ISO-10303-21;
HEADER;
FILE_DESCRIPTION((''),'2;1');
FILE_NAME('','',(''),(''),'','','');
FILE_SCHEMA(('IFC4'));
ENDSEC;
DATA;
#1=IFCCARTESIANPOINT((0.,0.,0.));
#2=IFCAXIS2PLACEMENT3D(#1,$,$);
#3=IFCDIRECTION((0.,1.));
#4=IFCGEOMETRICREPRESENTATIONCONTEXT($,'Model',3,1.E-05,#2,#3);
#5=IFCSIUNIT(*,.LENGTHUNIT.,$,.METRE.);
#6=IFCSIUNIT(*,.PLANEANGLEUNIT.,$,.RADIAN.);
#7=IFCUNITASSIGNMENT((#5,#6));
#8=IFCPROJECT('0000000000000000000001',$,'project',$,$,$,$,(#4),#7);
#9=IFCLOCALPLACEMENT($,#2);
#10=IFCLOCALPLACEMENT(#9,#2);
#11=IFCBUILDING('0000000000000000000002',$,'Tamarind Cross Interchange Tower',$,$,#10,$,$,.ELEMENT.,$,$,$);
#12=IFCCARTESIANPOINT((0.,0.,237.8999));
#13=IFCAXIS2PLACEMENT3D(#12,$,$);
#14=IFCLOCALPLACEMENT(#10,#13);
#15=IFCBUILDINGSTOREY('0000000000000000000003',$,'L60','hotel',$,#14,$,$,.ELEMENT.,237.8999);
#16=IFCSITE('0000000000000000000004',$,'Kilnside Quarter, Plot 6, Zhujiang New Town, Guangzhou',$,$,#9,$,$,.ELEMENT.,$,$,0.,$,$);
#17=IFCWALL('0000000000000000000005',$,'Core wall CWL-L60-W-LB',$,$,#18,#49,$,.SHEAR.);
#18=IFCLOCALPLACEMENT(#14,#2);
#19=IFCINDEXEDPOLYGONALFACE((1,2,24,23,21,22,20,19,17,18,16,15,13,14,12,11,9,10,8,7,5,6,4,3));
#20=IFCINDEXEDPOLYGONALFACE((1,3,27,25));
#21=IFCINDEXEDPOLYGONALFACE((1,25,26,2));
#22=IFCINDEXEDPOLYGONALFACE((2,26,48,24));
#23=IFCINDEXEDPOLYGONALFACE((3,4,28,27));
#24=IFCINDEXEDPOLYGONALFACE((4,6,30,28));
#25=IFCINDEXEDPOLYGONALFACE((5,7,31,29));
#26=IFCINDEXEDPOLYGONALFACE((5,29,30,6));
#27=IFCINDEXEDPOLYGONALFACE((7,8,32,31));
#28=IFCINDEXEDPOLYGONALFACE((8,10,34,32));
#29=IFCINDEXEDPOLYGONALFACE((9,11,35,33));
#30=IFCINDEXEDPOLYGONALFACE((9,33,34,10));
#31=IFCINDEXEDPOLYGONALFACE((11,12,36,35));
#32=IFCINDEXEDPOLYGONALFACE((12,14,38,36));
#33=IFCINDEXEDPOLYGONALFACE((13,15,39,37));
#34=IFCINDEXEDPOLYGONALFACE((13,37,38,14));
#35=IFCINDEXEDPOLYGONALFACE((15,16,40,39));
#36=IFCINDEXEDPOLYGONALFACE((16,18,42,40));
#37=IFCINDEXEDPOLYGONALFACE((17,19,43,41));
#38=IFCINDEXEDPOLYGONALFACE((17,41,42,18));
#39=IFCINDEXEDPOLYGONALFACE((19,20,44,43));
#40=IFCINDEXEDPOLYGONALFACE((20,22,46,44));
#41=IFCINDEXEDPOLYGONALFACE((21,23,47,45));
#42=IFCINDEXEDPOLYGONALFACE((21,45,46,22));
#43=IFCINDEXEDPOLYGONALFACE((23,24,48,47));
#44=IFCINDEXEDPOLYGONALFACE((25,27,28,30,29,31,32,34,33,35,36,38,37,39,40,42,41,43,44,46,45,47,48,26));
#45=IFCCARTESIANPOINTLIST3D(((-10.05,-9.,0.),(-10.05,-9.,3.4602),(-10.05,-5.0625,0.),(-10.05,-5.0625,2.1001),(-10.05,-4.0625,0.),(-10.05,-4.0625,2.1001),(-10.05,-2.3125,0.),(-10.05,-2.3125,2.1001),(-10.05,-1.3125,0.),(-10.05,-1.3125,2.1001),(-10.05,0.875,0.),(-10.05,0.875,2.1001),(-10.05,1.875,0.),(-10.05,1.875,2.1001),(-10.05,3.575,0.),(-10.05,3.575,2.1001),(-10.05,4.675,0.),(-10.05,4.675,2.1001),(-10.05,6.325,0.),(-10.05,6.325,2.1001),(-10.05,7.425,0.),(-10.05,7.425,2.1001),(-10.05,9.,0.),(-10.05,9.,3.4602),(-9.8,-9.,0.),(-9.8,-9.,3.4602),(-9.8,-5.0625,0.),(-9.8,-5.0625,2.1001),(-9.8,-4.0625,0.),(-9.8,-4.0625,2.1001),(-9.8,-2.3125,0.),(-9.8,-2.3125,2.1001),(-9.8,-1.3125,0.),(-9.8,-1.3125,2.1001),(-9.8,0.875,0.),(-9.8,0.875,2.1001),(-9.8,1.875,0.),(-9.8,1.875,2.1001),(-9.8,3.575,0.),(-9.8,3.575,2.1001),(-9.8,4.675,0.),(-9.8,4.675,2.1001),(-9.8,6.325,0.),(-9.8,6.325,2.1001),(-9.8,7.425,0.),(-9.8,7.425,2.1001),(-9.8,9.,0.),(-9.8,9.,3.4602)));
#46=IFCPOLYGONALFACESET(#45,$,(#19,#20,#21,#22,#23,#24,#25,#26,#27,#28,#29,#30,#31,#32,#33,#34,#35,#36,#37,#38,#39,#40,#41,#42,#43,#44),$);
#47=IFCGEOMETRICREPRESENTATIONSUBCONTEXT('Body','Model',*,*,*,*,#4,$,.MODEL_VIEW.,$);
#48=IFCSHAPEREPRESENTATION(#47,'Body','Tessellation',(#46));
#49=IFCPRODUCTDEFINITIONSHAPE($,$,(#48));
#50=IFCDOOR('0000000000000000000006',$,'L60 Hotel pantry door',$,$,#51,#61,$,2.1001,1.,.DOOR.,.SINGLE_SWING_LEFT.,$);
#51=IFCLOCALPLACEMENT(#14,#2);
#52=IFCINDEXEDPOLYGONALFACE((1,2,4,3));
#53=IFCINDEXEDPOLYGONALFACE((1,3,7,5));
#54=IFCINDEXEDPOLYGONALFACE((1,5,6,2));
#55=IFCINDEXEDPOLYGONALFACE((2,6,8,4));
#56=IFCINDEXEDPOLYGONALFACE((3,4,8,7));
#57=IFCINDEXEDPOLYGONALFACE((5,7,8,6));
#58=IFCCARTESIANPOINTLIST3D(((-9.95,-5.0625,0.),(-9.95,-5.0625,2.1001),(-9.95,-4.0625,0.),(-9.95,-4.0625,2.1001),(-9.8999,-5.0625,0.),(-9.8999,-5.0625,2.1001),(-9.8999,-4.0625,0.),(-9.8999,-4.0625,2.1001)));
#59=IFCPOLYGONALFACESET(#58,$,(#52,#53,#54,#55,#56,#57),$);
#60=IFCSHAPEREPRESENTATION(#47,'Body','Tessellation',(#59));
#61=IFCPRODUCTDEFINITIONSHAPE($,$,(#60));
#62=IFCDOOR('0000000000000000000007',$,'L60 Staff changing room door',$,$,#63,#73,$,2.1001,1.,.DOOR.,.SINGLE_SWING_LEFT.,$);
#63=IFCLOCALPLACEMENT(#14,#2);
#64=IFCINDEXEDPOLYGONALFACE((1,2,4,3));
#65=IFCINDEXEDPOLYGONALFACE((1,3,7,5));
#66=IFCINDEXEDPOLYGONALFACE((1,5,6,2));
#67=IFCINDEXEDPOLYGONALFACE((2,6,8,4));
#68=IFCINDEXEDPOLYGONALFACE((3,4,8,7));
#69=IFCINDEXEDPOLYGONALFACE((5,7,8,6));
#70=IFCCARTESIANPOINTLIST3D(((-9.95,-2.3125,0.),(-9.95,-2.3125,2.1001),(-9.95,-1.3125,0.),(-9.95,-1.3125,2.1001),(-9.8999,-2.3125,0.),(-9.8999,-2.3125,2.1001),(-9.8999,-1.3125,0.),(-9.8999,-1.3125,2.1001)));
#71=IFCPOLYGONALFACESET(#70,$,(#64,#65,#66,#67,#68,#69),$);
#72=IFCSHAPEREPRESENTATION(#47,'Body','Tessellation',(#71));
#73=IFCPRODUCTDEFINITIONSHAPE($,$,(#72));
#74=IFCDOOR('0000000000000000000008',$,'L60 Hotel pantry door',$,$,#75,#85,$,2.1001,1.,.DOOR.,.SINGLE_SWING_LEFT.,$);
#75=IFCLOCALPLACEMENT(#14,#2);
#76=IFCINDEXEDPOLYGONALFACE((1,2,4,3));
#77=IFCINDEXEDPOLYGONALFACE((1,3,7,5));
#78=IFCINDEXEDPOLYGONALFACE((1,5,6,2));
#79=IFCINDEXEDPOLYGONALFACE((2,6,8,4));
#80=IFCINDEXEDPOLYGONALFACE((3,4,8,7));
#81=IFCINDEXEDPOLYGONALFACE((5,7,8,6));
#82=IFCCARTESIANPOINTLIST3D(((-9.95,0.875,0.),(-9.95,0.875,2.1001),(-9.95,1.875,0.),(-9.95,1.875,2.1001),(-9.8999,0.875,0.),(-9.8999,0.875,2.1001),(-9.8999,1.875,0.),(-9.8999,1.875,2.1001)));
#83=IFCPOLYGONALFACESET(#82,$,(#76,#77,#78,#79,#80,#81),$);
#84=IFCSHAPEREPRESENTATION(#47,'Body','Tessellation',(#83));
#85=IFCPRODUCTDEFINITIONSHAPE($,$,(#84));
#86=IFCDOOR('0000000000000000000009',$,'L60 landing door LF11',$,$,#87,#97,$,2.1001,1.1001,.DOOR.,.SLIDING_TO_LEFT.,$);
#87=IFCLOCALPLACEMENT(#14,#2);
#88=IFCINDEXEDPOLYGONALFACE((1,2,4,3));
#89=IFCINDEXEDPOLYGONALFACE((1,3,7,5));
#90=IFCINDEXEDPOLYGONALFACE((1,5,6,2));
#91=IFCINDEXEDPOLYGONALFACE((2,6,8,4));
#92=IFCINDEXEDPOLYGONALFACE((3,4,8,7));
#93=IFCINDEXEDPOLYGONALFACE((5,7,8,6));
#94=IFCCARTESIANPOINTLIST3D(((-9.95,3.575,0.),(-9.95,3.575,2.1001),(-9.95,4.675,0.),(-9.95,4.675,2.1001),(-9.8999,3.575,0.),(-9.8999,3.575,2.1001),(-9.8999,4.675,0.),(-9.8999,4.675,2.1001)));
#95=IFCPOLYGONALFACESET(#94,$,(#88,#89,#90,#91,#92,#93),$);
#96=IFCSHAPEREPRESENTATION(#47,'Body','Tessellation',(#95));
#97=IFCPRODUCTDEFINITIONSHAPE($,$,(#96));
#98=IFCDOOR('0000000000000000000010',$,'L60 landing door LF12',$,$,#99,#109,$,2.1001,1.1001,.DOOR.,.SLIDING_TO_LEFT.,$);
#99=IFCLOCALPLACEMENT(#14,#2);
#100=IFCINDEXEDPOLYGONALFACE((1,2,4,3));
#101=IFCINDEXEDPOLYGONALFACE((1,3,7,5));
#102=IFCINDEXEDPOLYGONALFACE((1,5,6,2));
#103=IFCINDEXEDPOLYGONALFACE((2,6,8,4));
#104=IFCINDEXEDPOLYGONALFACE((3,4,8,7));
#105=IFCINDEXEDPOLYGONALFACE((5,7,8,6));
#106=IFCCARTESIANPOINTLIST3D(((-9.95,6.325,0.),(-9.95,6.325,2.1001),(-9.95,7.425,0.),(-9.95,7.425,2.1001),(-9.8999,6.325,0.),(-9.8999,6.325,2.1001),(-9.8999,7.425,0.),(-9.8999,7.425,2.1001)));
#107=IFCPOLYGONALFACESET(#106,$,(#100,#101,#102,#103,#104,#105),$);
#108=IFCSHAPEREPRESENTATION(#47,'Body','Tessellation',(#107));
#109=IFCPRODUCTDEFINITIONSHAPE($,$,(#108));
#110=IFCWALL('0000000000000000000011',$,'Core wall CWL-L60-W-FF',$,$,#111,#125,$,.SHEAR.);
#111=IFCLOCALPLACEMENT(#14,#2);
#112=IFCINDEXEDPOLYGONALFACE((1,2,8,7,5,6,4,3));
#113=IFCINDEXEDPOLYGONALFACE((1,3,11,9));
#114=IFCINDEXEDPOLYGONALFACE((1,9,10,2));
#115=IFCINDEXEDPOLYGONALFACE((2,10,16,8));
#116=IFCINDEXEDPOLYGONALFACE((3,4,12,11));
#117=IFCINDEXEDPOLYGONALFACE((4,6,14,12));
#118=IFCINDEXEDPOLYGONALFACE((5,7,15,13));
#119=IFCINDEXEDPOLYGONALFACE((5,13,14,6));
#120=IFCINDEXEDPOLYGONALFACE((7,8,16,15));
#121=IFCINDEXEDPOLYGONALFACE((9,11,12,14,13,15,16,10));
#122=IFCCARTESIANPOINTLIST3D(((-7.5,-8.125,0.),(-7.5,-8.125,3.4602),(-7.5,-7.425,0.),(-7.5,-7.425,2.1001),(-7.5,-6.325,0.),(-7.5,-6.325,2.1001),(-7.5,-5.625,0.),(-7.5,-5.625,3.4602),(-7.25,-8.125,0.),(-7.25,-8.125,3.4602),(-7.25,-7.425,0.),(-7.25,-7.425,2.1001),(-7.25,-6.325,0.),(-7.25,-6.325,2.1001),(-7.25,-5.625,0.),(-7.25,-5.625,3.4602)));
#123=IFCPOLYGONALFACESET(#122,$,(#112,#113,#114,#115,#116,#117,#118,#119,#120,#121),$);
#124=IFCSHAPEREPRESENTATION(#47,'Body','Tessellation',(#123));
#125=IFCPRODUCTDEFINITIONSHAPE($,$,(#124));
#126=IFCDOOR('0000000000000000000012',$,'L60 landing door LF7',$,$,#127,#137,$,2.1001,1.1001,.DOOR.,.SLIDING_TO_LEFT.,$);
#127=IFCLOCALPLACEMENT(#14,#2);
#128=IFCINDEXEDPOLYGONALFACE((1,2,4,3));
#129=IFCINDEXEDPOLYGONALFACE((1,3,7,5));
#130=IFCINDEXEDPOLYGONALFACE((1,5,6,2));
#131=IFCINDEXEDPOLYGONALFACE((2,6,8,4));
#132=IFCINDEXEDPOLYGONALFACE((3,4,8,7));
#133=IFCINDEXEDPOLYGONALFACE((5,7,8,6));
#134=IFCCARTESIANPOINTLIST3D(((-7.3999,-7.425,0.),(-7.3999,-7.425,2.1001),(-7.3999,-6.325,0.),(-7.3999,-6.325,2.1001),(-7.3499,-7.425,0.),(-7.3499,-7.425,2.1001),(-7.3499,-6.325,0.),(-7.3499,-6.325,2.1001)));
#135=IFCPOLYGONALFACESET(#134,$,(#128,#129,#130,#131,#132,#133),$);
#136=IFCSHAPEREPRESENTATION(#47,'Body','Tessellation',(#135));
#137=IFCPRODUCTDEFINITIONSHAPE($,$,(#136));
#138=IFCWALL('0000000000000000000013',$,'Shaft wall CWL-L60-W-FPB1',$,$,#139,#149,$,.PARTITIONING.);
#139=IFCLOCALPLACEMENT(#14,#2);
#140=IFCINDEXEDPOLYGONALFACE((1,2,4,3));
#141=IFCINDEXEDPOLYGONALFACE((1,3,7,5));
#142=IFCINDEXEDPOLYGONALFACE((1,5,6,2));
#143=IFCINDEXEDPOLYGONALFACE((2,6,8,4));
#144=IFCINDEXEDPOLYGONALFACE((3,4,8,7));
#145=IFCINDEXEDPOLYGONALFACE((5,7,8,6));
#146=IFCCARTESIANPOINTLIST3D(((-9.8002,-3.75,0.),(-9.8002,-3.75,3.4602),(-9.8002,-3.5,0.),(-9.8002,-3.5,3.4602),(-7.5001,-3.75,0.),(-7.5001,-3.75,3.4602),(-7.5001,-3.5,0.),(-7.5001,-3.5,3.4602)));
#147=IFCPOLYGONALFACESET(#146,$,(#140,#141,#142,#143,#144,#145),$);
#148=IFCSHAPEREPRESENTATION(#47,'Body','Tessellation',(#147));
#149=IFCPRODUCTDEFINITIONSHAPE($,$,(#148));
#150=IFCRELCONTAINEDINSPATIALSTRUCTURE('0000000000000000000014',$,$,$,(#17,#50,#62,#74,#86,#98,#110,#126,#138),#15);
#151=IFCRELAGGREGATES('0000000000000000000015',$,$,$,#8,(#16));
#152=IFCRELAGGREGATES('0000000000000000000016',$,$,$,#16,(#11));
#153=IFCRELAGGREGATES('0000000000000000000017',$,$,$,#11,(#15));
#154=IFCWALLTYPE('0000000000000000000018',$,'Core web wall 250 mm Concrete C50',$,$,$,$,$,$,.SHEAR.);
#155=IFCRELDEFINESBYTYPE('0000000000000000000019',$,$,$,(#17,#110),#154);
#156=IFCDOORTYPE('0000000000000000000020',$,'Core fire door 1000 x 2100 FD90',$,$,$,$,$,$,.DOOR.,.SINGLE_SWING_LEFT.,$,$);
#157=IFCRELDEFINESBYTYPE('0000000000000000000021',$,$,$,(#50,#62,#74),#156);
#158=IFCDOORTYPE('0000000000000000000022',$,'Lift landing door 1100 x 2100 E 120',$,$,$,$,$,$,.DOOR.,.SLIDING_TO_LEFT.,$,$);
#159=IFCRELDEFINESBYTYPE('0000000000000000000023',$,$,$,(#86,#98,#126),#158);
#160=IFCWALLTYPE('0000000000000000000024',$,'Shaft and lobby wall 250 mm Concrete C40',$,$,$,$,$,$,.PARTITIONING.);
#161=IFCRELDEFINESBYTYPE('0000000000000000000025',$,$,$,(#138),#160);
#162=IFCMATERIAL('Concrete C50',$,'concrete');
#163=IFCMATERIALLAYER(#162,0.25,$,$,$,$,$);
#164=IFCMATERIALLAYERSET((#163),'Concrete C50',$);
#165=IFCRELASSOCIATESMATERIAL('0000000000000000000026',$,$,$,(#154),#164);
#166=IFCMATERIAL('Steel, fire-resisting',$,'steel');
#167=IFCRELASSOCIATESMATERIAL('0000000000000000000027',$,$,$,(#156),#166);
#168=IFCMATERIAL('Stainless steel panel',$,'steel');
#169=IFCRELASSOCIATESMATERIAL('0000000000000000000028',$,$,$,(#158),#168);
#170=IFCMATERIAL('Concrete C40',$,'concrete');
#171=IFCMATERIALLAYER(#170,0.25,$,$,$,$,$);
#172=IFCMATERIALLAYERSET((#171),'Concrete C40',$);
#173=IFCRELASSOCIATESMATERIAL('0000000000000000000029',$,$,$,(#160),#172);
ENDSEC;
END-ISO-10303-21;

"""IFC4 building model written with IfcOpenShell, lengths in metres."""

from ifc_helpers import new_model, si_unit, direction, frame, frame_2d, origin, place, context, subcontext, project, spatial, rectangle, extrude, material, layer, layer_set, type_object, element, fill, save


model = new_model("IFC4")

# Units and contexts
model_context = context("Model", 3, precision=1e-05, world=origin(), true_north=direction((0.0, 1.0)))
body_context = subcontext(model_context, "Body", "Model", "MODEL_VIEW")
ifc_project = project(units=[si_unit("LENGTHUNIT", "METRE"), si_unit("PLANEANGLEUNIT", "RADIAN")], contexts=[model_context])

# Site, building, storey
site_placement = place(None, origin())
site = spatial("IfcSite", under=ifc_project, at=site_placement, Name="Kilnside Quarter, Plot 6, Zhujiang New Town, Guangzhou", CompositionType="ELEMENT", RefElevation=0.0)
building_placement = place(site_placement, origin())
building = spatial("IfcBuilding", under=site, at=building_placement, Name="Tamarind Cross Interchange Tower", CompositionType="ELEMENT")
storey_placement = place(building_placement, frame((0.0, 0.0, 237.8999)))
storey = spatial("IfcBuildingStorey", under=building, at=storey_placement, Name="L60", Description="hotel", CompositionType="ELEMENT", Elevation=237.8999)

# Shared definitions
ifc_material_1 = material(Name="Concrete C50", Category="concrete")
ifc_layer_1 = layer(ifc_material_1, 0.25)
ifc_layer_set_1 = layer_set([ifc_layer_1], Name="Concrete C50")
wall_type_1 = type_object("IfcWallType", Name="Core web wall 250 mm Concrete C50", PredefinedType="SHEAR", material=ifc_layer_set_1)

# Wall, openings, doors
ifc_material_2 = material(Name="Steel, fire-resisting", Category="steel")
door_type_1 = type_object("IfcDoorType", Name="Core fire door 1000 x 2100 FD90", OperationType="SINGLE_SWING_LEFT", PredefinedType="DOOR", material=ifc_material_2)
ifc_material_3 = material(Name="Stainless steel panel", Category="steel")
wall_1_placement = place(storey_placement, frame((-9.925, -9.0, 0.0), z_axis=(0.0, 0.0, 1.0), x_axis=(0.0, 1.0, 0.0)))
wall_1 = element("IfcWall", 1, at=wall_1_placement, inside=storey, type_object=wall_type_1, Name="Core wall CWL-L60-W-LB", PredefinedType="SHEAR", context=body_context, shape_type="SweptSolid", body=[
    extrude(rectangle(XDim=18.0, YDim=0.25, at=frame_2d((9.0, 0.0))), origin(), (0.0, 0.0, 1.0), 3.4602),
])
opening_1_placement = place(wall_1_placement, frame((12.575, 0.0, 0.0)))
opening_1 = element("IfcOpeningElement", 2, at=opening_1_placement, cuts=wall_1, PredefinedType="OPENING", context=body_context, shape_type="SweptSolid", body=[
    extrude(rectangle(XDim=1.1001, YDim=2.1001, at=frame_2d((0.55, 1.05))), frame((0.0, 0.135, 0.0), z_axis=(0.0, -1.0, 0.0), x_axis=(1.0, 0.0, 0.0)), (0.0, 0.0, 1.0), 0.27),
])
opening_2_placement = place(wall_1_placement, frame((15.325, 0.0, 0.0)))
opening_2 = element("IfcOpeningElement", 3, at=opening_2_placement, cuts=wall_1, PredefinedType="OPENING", context=body_context, shape_type="SweptSolid", body=[
    extrude(rectangle(XDim=1.1001, YDim=2.1001, at=frame_2d((0.55, 1.05))), frame((0.0, 0.135, 0.0), z_axis=(0.0, -1.0, 0.0), x_axis=(1.0, 0.0, 0.0)), (0.0, 0.0, 1.0), 0.27),
])
opening_3_placement = place(wall_1_placement, frame((3.9375, 0.0, 0.0)))
opening_3 = element("IfcOpeningElement", 4, at=opening_3_placement, cuts=wall_1, PredefinedType="OPENING", context=body_context, shape_type="SweptSolid", body=[
    extrude(rectangle(XDim=1.0, YDim=2.1001, at=frame_2d((0.5, 1.05))), frame((0.0, 0.135, 0.0), z_axis=(0.0, -1.0, 0.0), x_axis=(1.0, 0.0, 0.0)), (0.0, 0.0, 1.0), 0.27),
])
opening_4_placement = place(wall_1_placement, frame((6.6875, 0.0, 0.0)))
opening_4 = element("IfcOpeningElement", 5, at=opening_4_placement, cuts=wall_1, PredefinedType="OPENING", context=body_context, shape_type="SweptSolid", body=[
    extrude(rectangle(XDim=1.0, YDim=2.1001, at=frame_2d((0.5, 1.05))), frame((0.0, 0.135, 0.0), z_axis=(0.0, -1.0, 0.0), x_axis=(1.0, 0.0, 0.0)), (0.0, 0.0, 1.0), 0.27),
])
opening_5_placement = place(wall_1_placement, frame((9.875, 0.0, 0.0)))
opening_5 = element("IfcOpeningElement", 6, at=opening_5_placement, cuts=wall_1, PredefinedType="OPENING", context=body_context, shape_type="SweptSolid", body=[
    extrude(rectangle(XDim=1.0, YDim=2.1001, at=frame_2d((0.5, 1.05))), frame((0.0, 0.135, 0.0), z_axis=(0.0, -1.0, 0.0), x_axis=(1.0, 0.0, 0.0)), (0.0, 0.0, 1.0), 0.27),
])
door_1_placement = place(opening_3_placement, origin())
door_1 = element("IfcDoor", 7, at=door_1_placement, inside=storey, type_object=door_type_1, Name="L60 Hotel pantry door", OperationType="SINGLE_SWING_LEFT", OverallHeight=2.1001, OverallWidth=1.0, PredefinedType="DOOR", context=body_context, shape_type="SweptSolid", body=[
    extrude(rectangle(XDim=1.0, YDim=2.1001, at=frame_2d((0.5, 1.05))), frame((0.0, 0.0249, 0.0), z_axis=(0.0, -1.0, 0.0), x_axis=(1.0, 0.0, 0.0)), (0.0, 0.0, 1.0), 0.05),
])
fill(opening_3, door_1)
door_2_placement = place(opening_4_placement, origin())
door_2 = element("IfcDoor", 8, at=door_2_placement, inside=storey, type_object=door_type_1, Name="L60 Staff changing room door", OperationType="SINGLE_SWING_LEFT", OverallHeight=2.1001, OverallWidth=1.0, PredefinedType="DOOR", context=body_context, shape_type="SweptSolid", body=[
    extrude(rectangle(XDim=1.0, YDim=2.1001, at=frame_2d((0.5, 1.05))), frame((0.0, 0.0249, 0.0), z_axis=(0.0, -1.0, 0.0), x_axis=(1.0, 0.0, 0.0)), (0.0, 0.0, 1.0), 0.05),
])
fill(opening_4, door_2)
door_3_placement = place(opening_5_placement, origin())
door_3 = element("IfcDoor", 9, at=door_3_placement, inside=storey, type_object=door_type_1, Name="L60 Hotel pantry door", OperationType="SINGLE_SWING_LEFT", OverallHeight=2.1001, OverallWidth=1.0, PredefinedType="DOOR", context=body_context, shape_type="SweptSolid", body=[
    extrude(rectangle(XDim=1.0, YDim=2.1001, at=frame_2d((0.5, 1.05))), frame((0.0, 0.0249, 0.0), z_axis=(0.0, -1.0, 0.0), x_axis=(1.0, 0.0, 0.0)), (0.0, 0.0, 1.0), 0.05),
])
fill(opening_5, door_3)
door_type_2 = type_object("IfcDoorType", Name="Lift landing door 1100 x 2100 E 120", OperationType="SLIDING_TO_LEFT", PredefinedType="DOOR", material=ifc_material_3)
door_4_placement = place(opening_1_placement, origin())
door_4 = element("IfcDoor", 10, at=door_4_placement, inside=storey, type_object=door_type_2, Name="L60 landing door LF11", OperationType="SLIDING_TO_LEFT", OverallHeight=2.1001, OverallWidth=1.1001, PredefinedType="DOOR", context=body_context, shape_type="SweptSolid", body=[
    extrude(rectangle(XDim=1.1001, YDim=2.1001, at=frame_2d((0.55, 1.05))), frame((0.0, 0.0249, 0.0), z_axis=(0.0, -1.0, 0.0), x_axis=(1.0, 0.0, 0.0)), (0.0, 0.0, 1.0), 0.05),
])
fill(opening_1, door_4)
door_5_placement = place(opening_2_placement, origin())
door_5 = element("IfcDoor", 11, at=door_5_placement, inside=storey, type_object=door_type_2, Name="L60 landing door LF12", OperationType="SLIDING_TO_LEFT", OverallHeight=2.1001, OverallWidth=1.1001, PredefinedType="DOOR", context=body_context, shape_type="SweptSolid", body=[
    extrude(rectangle(XDim=1.1001, YDim=2.1001, at=frame_2d((0.55, 1.05))), frame((0.0, 0.0249, 0.0), z_axis=(0.0, -1.0, 0.0), x_axis=(1.0, 0.0, 0.0)), (0.0, 0.0, 1.0), 0.05),
])
fill(opening_2, door_5)

# Wall, opening, door
wall_2_placement = place(storey_placement, frame((-7.375, -8.125, 0.0), z_axis=(0.0, 0.0, 1.0), x_axis=(0.0, 1.0, 0.0)))
wall_2 = element("IfcWall", 12, at=wall_2_placement, inside=storey, type_object=wall_type_1, Name="Core wall CWL-L60-W-FF", PredefinedType="SHEAR", context=body_context, shape_type="SweptSolid", body=[
    extrude(rectangle(XDim=2.5, YDim=0.25, at=frame_2d((1.25, 0.0))), origin(), (0.0, 0.0, 1.0), 3.4602),
])
opening_6_placement = place(wall_2_placement, frame((0.7, 0.0, 0.0)))
opening_6 = element("IfcOpeningElement", 13, at=opening_6_placement, cuts=wall_2, PredefinedType="OPENING", context=body_context, shape_type="SweptSolid", body=[
    extrude(rectangle(XDim=1.1001, YDim=2.1001, at=frame_2d((0.55, 1.05))), frame((0.0, 0.135, 0.0), z_axis=(0.0, -1.0, 0.0), x_axis=(1.0, 0.0, 0.0)), (0.0, 0.0, 1.0), 0.27),
])
door_6_placement = place(opening_6_placement, origin())
door_6 = element("IfcDoor", 14, at=door_6_placement, inside=storey, type_object=door_type_2, Name="L60 landing door LF7", OperationType="SLIDING_TO_LEFT", OverallHeight=2.1001, OverallWidth=1.1001, PredefinedType="DOOR", context=body_context, shape_type="SweptSolid", body=[
    extrude(rectangle(XDim=1.1001, YDim=2.1001, at=frame_2d((0.55, 1.05))), frame((0.0, 0.0249, 0.0), z_axis=(0.0, -1.0, 0.0), x_axis=(1.0, 0.0, 0.0)), (0.0, 0.0, 1.0), 0.05),
])
fill(opening_6, door_6)

# Wall
ifc_material_4 = material(Name="Concrete C40", Category="concrete")
ifc_layer_2 = layer(ifc_material_4, 0.25)
ifc_layer_set_2 = layer_set([ifc_layer_2], Name="Concrete C40")
wall_type_2 = type_object("IfcWallType", Name="Shaft and lobby wall 250 mm Concrete C40", PredefinedType="PARTITIONING", material=ifc_layer_set_2)
wall_3_placement = place(storey_placement, frame((-9.8, -3.625, 0.0), z_axis=(0.0, 0.0, 1.0), x_axis=(1.0, 0.0, 0.0)))
element("IfcWall", 15, at=wall_3_placement, inside=storey, type_object=wall_type_2, Name="Shaft wall CWL-L60-W-FPB1", PredefinedType="PARTITIONING", context=body_context, shape_type="SweptSolid", body=[
    extrude(rectangle(XDim=2.3, YDim=0.25, at=frame_2d((1.1499, 0.0))), origin(), (0.0, 0.0, 1.0), 3.4602),
])

save(model, "model.ifc")
